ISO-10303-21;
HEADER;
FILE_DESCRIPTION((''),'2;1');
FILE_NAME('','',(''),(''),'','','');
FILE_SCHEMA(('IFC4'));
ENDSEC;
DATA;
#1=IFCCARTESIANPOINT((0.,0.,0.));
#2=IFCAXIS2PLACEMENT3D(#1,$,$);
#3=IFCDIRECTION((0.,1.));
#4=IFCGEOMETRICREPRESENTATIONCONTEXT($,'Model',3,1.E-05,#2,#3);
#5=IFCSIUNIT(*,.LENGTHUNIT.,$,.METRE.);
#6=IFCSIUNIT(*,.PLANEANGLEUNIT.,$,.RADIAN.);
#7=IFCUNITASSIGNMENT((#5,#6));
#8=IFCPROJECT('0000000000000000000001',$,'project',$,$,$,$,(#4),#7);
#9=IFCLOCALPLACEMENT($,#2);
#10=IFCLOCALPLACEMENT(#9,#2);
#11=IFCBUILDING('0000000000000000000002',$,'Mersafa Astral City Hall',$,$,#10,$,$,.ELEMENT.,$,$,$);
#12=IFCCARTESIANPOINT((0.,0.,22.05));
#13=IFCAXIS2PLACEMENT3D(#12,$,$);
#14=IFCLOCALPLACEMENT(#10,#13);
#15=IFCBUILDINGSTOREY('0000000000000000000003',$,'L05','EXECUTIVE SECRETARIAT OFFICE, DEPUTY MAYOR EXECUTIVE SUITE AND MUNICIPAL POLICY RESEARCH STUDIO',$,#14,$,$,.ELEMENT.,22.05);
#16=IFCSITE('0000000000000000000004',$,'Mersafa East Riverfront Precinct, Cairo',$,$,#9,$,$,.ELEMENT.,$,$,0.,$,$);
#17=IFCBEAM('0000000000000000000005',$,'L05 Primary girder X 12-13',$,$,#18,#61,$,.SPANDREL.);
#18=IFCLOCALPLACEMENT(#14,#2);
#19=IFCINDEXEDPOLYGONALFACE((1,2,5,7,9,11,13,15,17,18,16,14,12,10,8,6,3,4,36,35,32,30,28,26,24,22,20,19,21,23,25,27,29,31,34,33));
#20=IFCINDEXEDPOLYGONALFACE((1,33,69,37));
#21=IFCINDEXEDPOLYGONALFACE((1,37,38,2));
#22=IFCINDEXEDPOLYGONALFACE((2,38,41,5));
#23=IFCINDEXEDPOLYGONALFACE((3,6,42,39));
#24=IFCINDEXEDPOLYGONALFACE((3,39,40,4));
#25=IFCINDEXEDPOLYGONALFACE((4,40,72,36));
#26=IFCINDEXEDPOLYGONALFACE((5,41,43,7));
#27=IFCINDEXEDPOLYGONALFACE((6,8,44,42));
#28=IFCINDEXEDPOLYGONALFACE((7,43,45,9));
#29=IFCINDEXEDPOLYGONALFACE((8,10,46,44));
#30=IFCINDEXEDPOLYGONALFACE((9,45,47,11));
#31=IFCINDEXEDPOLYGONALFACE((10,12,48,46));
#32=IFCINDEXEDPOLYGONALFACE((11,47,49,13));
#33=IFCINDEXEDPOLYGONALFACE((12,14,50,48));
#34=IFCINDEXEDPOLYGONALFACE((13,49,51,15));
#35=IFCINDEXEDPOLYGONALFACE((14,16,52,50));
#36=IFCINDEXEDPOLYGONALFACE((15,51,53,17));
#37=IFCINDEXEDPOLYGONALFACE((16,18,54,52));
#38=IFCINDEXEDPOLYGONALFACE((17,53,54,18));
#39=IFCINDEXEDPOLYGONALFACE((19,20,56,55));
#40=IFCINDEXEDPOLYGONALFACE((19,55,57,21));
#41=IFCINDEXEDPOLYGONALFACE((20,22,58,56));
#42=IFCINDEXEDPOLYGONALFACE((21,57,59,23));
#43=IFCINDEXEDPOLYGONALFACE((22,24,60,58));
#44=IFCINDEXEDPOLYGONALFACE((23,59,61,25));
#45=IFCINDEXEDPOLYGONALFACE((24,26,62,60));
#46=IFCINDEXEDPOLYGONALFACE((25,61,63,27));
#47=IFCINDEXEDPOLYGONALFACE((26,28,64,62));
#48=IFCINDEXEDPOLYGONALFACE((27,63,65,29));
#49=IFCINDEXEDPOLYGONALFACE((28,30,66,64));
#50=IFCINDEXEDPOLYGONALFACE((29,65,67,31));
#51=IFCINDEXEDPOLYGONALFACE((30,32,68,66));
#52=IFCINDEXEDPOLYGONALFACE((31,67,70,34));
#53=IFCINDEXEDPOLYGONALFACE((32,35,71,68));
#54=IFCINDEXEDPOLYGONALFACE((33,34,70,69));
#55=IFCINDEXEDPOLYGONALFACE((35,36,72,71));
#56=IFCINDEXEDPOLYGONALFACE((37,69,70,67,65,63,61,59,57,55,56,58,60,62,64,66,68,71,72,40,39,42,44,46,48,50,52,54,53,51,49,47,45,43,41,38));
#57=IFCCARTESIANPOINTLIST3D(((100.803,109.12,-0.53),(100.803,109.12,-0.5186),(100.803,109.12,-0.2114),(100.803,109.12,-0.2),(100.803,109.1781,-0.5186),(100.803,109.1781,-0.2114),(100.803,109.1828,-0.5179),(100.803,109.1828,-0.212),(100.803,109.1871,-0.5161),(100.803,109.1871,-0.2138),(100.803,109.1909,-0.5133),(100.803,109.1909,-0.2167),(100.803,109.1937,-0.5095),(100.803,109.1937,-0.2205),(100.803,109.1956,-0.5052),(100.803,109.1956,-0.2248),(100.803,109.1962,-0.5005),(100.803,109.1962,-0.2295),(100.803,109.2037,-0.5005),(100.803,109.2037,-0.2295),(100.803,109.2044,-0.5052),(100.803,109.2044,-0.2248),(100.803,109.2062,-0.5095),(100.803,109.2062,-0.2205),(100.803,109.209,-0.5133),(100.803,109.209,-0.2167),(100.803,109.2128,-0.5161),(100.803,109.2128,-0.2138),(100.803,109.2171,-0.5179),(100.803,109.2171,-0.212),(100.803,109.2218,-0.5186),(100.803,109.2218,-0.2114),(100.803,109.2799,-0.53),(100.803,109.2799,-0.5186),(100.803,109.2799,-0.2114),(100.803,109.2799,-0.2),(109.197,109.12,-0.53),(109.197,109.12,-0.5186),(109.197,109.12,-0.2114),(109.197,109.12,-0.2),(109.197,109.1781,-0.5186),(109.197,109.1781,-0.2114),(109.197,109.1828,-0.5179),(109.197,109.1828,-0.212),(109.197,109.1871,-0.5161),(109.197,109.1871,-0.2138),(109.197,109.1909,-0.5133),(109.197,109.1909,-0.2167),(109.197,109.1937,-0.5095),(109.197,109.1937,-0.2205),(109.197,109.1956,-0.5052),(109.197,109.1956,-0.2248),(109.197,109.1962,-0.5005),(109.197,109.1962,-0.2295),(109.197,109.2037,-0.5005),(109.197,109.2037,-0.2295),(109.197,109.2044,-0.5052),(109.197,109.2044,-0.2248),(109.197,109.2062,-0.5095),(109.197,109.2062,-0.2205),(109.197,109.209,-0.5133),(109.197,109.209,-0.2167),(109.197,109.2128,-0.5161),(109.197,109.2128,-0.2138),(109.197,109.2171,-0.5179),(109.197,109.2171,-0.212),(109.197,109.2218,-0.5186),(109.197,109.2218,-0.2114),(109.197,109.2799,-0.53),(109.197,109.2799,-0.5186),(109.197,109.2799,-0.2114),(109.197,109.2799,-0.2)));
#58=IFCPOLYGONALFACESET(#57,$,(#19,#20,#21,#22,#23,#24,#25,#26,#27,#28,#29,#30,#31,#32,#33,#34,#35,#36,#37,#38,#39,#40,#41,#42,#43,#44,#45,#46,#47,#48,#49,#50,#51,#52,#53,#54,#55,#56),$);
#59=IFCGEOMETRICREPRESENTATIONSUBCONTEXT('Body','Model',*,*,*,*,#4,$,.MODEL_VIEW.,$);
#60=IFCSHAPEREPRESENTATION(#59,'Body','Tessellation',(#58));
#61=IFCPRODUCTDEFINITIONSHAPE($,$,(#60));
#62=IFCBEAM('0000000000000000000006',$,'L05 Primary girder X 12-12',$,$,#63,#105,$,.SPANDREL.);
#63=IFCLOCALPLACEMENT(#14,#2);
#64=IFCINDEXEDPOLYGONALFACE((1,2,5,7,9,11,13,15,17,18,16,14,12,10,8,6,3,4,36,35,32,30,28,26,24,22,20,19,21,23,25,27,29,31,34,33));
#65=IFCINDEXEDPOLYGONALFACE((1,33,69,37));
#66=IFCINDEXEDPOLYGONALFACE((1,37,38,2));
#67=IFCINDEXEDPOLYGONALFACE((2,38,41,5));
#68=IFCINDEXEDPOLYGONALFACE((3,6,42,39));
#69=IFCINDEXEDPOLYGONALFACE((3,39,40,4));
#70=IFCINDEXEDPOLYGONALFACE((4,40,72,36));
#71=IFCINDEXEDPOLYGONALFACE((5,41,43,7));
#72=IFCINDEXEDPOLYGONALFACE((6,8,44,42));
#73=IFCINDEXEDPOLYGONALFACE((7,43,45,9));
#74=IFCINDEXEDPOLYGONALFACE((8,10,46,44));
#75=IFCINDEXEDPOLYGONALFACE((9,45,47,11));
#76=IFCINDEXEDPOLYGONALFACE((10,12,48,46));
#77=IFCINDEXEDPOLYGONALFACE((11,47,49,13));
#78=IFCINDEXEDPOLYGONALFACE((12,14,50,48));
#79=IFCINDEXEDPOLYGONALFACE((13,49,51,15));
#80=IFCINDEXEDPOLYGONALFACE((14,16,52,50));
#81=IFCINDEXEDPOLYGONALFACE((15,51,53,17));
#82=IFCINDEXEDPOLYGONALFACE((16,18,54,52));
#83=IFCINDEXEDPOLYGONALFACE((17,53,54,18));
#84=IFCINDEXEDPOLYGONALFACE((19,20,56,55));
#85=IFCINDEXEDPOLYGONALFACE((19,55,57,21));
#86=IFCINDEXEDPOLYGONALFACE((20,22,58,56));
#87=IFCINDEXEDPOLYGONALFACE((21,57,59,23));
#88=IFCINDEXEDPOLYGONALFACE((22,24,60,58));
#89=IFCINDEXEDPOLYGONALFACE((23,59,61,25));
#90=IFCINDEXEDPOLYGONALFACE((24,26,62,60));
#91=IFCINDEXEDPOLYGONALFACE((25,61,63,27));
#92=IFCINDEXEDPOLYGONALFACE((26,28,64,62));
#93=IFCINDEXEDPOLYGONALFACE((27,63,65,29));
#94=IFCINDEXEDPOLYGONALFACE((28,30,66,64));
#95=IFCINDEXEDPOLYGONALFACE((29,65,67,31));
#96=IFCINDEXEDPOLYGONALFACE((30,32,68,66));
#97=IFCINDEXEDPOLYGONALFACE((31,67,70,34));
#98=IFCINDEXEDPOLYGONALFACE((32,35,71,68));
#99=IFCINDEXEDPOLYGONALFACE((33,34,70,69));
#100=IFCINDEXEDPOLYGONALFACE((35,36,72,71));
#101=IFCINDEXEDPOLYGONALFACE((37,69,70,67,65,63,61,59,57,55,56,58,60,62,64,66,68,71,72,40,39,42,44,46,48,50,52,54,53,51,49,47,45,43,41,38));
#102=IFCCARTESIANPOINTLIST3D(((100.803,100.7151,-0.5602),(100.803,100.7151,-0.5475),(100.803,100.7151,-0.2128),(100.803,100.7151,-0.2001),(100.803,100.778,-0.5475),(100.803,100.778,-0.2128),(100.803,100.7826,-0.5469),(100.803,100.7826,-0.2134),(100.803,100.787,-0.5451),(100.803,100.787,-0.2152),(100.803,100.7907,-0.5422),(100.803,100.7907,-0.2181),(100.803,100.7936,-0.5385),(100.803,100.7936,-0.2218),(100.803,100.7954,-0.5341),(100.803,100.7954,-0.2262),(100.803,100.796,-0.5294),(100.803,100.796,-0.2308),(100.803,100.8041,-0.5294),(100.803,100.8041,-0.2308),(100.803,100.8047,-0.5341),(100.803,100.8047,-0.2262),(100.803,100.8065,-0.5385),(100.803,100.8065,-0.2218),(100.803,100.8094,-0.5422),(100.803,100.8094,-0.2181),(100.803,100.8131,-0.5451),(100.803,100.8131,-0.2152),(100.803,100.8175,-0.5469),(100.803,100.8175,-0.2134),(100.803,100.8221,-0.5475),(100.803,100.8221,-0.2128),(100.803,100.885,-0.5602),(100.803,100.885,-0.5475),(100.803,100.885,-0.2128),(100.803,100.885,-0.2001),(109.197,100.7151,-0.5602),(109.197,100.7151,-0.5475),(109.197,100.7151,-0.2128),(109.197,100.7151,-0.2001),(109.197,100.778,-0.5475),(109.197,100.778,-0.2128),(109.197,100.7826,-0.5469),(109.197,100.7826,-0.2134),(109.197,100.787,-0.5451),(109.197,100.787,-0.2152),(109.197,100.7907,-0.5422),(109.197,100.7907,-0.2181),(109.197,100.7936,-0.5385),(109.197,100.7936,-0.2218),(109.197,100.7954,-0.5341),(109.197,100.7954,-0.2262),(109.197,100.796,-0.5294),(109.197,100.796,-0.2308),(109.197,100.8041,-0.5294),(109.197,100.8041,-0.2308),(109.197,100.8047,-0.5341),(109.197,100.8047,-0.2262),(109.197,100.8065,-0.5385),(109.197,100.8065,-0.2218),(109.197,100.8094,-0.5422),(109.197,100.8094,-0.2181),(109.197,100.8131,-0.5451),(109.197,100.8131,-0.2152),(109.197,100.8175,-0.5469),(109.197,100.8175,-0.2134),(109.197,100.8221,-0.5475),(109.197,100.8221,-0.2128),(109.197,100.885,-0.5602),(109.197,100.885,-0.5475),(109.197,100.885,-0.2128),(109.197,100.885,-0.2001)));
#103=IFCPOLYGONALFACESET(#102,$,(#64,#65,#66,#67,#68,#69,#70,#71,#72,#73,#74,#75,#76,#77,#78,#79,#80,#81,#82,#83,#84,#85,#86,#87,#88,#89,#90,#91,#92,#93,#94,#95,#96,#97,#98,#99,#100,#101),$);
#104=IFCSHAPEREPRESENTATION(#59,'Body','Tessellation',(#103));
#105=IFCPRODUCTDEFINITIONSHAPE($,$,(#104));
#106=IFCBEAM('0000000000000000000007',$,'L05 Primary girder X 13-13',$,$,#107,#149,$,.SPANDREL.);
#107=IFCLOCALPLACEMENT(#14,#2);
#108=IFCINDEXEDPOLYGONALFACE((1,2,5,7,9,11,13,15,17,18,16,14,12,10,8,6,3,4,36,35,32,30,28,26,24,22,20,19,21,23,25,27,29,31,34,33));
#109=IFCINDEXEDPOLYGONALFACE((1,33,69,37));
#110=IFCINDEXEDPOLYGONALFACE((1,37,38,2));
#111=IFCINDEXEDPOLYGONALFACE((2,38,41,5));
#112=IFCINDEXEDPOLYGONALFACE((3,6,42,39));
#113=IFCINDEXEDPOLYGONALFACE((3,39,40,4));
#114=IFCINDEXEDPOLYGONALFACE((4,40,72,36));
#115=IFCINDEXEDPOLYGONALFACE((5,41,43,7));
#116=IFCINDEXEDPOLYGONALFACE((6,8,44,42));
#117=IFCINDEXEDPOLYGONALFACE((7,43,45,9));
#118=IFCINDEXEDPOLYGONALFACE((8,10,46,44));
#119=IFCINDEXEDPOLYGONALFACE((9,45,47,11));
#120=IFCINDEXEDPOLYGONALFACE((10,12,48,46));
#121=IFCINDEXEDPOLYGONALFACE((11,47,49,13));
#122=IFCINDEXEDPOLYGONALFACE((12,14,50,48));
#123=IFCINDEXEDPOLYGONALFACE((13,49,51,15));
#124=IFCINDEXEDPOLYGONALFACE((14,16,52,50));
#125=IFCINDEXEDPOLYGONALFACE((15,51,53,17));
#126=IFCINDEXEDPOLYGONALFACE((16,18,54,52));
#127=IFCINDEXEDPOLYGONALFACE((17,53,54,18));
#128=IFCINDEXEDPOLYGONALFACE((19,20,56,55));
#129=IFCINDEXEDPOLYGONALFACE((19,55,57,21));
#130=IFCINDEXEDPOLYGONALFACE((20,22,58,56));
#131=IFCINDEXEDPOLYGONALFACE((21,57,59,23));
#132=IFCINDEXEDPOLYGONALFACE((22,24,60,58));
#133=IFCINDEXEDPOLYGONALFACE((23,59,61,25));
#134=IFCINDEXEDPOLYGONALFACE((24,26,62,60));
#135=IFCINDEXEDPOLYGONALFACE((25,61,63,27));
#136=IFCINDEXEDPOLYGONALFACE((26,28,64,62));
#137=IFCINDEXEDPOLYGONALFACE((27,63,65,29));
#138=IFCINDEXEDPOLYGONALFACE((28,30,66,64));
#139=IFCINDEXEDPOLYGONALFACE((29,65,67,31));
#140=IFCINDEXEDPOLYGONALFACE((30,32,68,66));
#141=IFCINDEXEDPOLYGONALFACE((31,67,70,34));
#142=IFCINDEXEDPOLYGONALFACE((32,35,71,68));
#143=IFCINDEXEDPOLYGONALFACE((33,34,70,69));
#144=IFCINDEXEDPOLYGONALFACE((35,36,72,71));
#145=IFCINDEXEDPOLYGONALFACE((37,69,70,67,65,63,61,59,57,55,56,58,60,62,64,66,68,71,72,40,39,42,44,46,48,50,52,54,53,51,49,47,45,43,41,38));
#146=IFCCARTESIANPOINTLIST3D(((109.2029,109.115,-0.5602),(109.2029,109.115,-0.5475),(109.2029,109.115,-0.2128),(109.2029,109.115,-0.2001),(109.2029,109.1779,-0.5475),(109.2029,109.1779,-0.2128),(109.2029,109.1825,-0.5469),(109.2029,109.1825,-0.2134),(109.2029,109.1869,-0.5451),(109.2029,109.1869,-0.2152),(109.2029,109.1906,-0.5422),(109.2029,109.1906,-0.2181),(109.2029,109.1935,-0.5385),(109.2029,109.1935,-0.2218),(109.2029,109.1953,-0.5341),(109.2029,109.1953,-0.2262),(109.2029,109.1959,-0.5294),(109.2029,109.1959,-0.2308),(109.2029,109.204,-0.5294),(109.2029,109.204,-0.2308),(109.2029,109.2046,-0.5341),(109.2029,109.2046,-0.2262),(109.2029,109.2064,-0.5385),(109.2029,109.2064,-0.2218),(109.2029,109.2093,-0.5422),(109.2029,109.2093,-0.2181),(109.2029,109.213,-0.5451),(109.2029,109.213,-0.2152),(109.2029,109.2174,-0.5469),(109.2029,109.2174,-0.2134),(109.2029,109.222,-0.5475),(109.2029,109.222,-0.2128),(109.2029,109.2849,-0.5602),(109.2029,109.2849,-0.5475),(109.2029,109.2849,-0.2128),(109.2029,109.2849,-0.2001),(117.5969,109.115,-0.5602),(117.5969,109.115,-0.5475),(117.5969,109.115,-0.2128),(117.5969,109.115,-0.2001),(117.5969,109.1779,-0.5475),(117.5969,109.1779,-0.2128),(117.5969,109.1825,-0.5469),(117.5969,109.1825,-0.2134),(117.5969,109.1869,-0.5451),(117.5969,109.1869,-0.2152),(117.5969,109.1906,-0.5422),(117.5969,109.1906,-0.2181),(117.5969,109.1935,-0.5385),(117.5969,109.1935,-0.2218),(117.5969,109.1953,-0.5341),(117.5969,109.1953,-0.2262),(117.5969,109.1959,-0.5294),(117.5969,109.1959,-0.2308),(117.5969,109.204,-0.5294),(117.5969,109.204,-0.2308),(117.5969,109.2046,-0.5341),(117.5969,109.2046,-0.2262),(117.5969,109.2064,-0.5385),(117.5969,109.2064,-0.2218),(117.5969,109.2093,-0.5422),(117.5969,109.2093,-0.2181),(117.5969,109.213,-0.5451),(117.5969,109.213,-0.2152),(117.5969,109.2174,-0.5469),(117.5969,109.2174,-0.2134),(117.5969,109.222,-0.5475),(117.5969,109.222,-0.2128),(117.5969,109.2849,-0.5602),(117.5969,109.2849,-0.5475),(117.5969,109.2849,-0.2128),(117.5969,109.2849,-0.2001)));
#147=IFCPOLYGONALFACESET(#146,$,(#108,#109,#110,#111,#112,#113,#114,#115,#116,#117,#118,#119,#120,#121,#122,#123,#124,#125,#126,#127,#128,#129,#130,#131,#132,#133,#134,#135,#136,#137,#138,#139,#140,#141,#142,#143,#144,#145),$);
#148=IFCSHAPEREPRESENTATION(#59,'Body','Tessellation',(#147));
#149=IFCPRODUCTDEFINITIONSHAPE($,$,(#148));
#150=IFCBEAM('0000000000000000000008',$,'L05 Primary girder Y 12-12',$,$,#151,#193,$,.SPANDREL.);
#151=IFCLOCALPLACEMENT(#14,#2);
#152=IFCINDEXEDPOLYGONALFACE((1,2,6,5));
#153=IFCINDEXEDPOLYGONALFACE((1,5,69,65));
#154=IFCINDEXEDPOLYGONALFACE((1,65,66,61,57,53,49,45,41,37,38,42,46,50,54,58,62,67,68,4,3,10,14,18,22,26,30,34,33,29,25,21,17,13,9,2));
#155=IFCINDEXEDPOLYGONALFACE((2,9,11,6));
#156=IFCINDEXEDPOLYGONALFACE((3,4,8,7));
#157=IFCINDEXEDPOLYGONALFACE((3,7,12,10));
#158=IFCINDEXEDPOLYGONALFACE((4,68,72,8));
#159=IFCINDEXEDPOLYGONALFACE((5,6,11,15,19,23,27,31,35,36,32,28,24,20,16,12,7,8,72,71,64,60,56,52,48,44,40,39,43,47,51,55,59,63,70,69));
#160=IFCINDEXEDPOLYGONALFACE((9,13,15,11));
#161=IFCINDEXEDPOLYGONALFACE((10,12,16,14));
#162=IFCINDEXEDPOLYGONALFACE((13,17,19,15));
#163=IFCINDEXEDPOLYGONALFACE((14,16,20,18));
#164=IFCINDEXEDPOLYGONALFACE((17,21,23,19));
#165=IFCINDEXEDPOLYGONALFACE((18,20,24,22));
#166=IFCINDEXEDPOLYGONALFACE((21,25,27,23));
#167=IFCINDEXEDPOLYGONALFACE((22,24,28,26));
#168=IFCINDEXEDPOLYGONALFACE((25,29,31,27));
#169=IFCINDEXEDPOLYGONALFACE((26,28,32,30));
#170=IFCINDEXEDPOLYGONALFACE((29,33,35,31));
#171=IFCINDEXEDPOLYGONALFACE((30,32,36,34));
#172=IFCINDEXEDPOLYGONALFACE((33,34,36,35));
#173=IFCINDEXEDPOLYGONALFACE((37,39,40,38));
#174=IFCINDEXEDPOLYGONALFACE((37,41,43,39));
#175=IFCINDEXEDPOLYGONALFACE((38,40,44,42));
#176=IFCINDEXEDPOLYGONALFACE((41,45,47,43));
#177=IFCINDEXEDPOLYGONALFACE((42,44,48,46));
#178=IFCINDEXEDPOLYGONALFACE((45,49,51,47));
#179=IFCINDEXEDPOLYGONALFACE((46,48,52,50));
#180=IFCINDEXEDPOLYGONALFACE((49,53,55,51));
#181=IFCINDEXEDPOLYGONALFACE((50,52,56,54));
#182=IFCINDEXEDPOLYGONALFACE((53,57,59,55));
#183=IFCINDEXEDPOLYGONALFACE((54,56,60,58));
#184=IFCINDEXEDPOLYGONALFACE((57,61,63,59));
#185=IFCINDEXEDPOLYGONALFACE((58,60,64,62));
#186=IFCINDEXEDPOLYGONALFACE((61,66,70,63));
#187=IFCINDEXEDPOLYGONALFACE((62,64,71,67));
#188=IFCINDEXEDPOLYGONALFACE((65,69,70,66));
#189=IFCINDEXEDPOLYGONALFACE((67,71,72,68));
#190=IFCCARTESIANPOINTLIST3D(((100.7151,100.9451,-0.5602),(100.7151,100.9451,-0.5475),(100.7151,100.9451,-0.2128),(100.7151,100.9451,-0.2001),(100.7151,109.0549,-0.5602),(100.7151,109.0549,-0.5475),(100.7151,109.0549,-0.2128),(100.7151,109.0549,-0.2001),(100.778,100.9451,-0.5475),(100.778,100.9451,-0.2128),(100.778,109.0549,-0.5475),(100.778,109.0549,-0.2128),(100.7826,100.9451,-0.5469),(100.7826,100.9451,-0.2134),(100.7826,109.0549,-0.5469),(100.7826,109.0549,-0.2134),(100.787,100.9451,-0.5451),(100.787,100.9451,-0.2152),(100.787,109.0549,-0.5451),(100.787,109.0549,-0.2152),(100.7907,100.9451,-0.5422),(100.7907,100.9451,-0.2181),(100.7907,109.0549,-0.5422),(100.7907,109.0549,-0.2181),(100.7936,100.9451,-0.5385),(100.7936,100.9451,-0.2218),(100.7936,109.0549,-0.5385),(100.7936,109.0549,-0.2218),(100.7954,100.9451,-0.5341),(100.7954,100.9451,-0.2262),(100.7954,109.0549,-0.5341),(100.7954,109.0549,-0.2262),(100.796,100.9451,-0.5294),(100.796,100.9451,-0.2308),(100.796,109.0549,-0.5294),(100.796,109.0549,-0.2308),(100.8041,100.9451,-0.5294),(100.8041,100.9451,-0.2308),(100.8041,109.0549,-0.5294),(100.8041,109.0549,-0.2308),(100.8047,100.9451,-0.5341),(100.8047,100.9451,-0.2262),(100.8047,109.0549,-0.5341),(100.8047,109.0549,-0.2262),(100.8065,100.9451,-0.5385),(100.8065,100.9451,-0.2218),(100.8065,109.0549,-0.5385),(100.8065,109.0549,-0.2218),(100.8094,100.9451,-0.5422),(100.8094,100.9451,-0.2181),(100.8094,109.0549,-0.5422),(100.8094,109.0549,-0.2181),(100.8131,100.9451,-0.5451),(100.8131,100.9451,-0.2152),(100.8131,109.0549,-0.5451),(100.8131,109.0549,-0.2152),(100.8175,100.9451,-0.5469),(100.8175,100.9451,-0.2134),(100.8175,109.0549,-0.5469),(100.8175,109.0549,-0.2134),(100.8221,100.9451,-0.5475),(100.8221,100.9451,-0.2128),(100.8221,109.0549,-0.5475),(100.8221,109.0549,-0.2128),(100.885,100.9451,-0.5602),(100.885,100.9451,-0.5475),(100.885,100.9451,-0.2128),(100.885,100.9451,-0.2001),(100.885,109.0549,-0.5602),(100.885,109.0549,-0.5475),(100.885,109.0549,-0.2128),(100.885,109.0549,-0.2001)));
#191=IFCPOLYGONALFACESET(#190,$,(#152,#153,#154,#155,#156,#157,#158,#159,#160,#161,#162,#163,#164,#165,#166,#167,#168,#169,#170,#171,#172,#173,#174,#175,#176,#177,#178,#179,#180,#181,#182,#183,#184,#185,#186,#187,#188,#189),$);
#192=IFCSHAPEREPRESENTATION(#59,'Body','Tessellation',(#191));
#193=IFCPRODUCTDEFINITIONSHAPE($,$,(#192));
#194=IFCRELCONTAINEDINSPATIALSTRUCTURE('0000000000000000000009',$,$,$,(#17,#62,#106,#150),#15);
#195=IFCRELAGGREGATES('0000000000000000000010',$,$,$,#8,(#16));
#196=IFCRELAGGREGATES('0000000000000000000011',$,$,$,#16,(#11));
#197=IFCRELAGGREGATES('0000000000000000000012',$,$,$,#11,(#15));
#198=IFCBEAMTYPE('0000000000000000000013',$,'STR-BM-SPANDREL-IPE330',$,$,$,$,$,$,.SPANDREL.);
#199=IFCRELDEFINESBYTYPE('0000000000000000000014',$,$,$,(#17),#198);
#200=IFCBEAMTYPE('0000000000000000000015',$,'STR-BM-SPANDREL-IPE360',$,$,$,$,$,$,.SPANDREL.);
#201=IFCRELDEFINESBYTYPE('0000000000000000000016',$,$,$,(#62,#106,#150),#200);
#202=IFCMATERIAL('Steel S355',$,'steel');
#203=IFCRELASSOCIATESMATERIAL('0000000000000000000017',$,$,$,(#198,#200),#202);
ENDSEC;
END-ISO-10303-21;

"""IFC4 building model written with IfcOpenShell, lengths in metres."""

from ifc_helpers import new_model, si_unit, direction, frame, origin, origin_2d, place, context, subcontext, project, spatial, i_section, extrude, material, material_profile, profile_set, type_object, element, save


model = new_model("IFC4")

# Units and contexts
model_context = context("Model", 3, precision=1e-05, world=origin(), true_north=direction((0.0, 1.0)))
body_context = subcontext(model_context, "Body", "Model", "MODEL_VIEW")
ifc_project = project(units=[si_unit("LENGTHUNIT", "METRE"), si_unit("PLANEANGLEUNIT", "RADIAN")], contexts=[model_context])

# Site, building, storey
site_placement = place(None, origin())
site = spatial("IfcSite", under=ifc_project, at=site_placement, Name="Mersafa East Riverfront Precinct, Cairo", CompositionType="ELEMENT", RefElevation=0.0)
building_placement = place(site_placement, origin())
building = spatial("IfcBuilding", under=site, at=building_placement, Name="Mersafa Astral City Hall", CompositionType="ELEMENT")
storey_placement = place(building_placement, frame((0.0, 0.0, 22.05)))
storey = spatial("IfcBuildingStorey", under=building, at=storey_placement, Name="L05", Description="EXECUTIVE SECRETARIAT OFFICE, DEPUTY MAYOR EXECUTIVE SUITE AND MUNICIPAL POLICY RESEARCH STUDIO", CompositionType="ELEMENT", Elevation=22.05)

# Shared definitions
ifc_material_1 = material(Name="Steel S355", Category="steel")

# Beams
ifc_material_profile_1 = material_profile(ifc_material_1, i_section(OverallWidth=0.1599, OverallDepth=0.3301, WebThickness=0.0076, FlangeThickness=0.0115, FilletRadius=0.0181, at=origin_2d()), Name="IPE 330")
ifc_profile_set_1 = profile_set([ifc_material_profile_1], Name="Steel S355")
beam_type_1 = type_object("IfcBeamType", Name="STR-BM-SPANDREL-IPE330", PredefinedType="SPANDREL", material=ifc_profile_set_1)
for number, where, z_axis, x_axis, name in (
    (1, (100.803, 109.2, -0.365), (1.0, 0.0, 0.0), (0.0, 1.0, 0.0), "L05 Primary girder X 12-13"),
):
    element("IfcBeam", number, at=place(storey_placement, frame(where, z_axis=z_axis, x_axis=x_axis)), inside=storey, type_object=beam_type_1, Name=name, PredefinedType="SPANDREL", context=body_context, shape_type="SweptSolid", body=[
        extrude(i_section(OverallWidth=0.1599, OverallDepth=0.3301, WebThickness=0.0076, FlangeThickness=0.0115, FilletRadius=0.0181, at=origin_2d()), origin(), (0.0, 0.0, 1.0), 8.394),
    ])
ifc_material_profile_2 = material_profile(ifc_material_1, i_section(OverallWidth=0.1699, OverallDepth=0.3601, WebThickness=0.0081, FlangeThickness=0.0127, FilletRadius=0.0181, at=origin_2d()), Name="IPE 360")
ifc_profile_set_2 = profile_set([ifc_material_profile_2], Name="Steel S355")
beam_type_2 = type_object("IfcBeamType", Name="STR-BM-SPANDREL-IPE360", PredefinedType="SPANDREL", material=ifc_profile_set_2)
for number, where, z_axis, x_axis, name in (
    (2, (100.803, 100.8, -0.3801), (1.0, 0.0, 0.0), (0.0, 1.0, 0.0), "L05 Primary girder X 12-12"),
    (3, (109.2029, 109.2, -0.3801), (1.0, 0.0, 0.0), (0.0, 1.0, 0.0), "L05 Primary girder X 13-13"),
):
    element("IfcBeam", number, at=place(storey_placement, frame(where, z_axis=z_axis, x_axis=x_axis)), inside=storey, type_object=beam_type_2, Name=name, PredefinedType="SPANDREL", context=body_context, shape_type="SweptSolid", body=[
        extrude(i_section(OverallWidth=0.1699, OverallDepth=0.3601, WebThickness=0.0081, FlangeThickness=0.0127, FilletRadius=0.0181, at=origin_2d()), origin(), (0.0, 0.0, 1.0), 8.394),
    ])
beam_1_placement = place(storey_placement, frame((100.8, 100.9451, -0.3801), z_axis=(0.0, 1.0, 0.0), x_axis=(-1.0, 0.0, 0.0)))
element("IfcBeam", 4, at=beam_1_placement, inside=storey, type_object=beam_type_2, Name="L05 Primary girder Y 12-12", PredefinedType="SPANDREL", context=body_context, shape_type="SweptSolid", body=[
    extrude(i_section(OverallWidth=0.1699, OverallDepth=0.3601, WebThickness=0.0081, FlangeThickness=0.0127, FilletRadius=0.0181, at=origin_2d()), origin(), (0.0, 0.0, 1.0), 8.1099),
])

save(model, "model.ifc")
